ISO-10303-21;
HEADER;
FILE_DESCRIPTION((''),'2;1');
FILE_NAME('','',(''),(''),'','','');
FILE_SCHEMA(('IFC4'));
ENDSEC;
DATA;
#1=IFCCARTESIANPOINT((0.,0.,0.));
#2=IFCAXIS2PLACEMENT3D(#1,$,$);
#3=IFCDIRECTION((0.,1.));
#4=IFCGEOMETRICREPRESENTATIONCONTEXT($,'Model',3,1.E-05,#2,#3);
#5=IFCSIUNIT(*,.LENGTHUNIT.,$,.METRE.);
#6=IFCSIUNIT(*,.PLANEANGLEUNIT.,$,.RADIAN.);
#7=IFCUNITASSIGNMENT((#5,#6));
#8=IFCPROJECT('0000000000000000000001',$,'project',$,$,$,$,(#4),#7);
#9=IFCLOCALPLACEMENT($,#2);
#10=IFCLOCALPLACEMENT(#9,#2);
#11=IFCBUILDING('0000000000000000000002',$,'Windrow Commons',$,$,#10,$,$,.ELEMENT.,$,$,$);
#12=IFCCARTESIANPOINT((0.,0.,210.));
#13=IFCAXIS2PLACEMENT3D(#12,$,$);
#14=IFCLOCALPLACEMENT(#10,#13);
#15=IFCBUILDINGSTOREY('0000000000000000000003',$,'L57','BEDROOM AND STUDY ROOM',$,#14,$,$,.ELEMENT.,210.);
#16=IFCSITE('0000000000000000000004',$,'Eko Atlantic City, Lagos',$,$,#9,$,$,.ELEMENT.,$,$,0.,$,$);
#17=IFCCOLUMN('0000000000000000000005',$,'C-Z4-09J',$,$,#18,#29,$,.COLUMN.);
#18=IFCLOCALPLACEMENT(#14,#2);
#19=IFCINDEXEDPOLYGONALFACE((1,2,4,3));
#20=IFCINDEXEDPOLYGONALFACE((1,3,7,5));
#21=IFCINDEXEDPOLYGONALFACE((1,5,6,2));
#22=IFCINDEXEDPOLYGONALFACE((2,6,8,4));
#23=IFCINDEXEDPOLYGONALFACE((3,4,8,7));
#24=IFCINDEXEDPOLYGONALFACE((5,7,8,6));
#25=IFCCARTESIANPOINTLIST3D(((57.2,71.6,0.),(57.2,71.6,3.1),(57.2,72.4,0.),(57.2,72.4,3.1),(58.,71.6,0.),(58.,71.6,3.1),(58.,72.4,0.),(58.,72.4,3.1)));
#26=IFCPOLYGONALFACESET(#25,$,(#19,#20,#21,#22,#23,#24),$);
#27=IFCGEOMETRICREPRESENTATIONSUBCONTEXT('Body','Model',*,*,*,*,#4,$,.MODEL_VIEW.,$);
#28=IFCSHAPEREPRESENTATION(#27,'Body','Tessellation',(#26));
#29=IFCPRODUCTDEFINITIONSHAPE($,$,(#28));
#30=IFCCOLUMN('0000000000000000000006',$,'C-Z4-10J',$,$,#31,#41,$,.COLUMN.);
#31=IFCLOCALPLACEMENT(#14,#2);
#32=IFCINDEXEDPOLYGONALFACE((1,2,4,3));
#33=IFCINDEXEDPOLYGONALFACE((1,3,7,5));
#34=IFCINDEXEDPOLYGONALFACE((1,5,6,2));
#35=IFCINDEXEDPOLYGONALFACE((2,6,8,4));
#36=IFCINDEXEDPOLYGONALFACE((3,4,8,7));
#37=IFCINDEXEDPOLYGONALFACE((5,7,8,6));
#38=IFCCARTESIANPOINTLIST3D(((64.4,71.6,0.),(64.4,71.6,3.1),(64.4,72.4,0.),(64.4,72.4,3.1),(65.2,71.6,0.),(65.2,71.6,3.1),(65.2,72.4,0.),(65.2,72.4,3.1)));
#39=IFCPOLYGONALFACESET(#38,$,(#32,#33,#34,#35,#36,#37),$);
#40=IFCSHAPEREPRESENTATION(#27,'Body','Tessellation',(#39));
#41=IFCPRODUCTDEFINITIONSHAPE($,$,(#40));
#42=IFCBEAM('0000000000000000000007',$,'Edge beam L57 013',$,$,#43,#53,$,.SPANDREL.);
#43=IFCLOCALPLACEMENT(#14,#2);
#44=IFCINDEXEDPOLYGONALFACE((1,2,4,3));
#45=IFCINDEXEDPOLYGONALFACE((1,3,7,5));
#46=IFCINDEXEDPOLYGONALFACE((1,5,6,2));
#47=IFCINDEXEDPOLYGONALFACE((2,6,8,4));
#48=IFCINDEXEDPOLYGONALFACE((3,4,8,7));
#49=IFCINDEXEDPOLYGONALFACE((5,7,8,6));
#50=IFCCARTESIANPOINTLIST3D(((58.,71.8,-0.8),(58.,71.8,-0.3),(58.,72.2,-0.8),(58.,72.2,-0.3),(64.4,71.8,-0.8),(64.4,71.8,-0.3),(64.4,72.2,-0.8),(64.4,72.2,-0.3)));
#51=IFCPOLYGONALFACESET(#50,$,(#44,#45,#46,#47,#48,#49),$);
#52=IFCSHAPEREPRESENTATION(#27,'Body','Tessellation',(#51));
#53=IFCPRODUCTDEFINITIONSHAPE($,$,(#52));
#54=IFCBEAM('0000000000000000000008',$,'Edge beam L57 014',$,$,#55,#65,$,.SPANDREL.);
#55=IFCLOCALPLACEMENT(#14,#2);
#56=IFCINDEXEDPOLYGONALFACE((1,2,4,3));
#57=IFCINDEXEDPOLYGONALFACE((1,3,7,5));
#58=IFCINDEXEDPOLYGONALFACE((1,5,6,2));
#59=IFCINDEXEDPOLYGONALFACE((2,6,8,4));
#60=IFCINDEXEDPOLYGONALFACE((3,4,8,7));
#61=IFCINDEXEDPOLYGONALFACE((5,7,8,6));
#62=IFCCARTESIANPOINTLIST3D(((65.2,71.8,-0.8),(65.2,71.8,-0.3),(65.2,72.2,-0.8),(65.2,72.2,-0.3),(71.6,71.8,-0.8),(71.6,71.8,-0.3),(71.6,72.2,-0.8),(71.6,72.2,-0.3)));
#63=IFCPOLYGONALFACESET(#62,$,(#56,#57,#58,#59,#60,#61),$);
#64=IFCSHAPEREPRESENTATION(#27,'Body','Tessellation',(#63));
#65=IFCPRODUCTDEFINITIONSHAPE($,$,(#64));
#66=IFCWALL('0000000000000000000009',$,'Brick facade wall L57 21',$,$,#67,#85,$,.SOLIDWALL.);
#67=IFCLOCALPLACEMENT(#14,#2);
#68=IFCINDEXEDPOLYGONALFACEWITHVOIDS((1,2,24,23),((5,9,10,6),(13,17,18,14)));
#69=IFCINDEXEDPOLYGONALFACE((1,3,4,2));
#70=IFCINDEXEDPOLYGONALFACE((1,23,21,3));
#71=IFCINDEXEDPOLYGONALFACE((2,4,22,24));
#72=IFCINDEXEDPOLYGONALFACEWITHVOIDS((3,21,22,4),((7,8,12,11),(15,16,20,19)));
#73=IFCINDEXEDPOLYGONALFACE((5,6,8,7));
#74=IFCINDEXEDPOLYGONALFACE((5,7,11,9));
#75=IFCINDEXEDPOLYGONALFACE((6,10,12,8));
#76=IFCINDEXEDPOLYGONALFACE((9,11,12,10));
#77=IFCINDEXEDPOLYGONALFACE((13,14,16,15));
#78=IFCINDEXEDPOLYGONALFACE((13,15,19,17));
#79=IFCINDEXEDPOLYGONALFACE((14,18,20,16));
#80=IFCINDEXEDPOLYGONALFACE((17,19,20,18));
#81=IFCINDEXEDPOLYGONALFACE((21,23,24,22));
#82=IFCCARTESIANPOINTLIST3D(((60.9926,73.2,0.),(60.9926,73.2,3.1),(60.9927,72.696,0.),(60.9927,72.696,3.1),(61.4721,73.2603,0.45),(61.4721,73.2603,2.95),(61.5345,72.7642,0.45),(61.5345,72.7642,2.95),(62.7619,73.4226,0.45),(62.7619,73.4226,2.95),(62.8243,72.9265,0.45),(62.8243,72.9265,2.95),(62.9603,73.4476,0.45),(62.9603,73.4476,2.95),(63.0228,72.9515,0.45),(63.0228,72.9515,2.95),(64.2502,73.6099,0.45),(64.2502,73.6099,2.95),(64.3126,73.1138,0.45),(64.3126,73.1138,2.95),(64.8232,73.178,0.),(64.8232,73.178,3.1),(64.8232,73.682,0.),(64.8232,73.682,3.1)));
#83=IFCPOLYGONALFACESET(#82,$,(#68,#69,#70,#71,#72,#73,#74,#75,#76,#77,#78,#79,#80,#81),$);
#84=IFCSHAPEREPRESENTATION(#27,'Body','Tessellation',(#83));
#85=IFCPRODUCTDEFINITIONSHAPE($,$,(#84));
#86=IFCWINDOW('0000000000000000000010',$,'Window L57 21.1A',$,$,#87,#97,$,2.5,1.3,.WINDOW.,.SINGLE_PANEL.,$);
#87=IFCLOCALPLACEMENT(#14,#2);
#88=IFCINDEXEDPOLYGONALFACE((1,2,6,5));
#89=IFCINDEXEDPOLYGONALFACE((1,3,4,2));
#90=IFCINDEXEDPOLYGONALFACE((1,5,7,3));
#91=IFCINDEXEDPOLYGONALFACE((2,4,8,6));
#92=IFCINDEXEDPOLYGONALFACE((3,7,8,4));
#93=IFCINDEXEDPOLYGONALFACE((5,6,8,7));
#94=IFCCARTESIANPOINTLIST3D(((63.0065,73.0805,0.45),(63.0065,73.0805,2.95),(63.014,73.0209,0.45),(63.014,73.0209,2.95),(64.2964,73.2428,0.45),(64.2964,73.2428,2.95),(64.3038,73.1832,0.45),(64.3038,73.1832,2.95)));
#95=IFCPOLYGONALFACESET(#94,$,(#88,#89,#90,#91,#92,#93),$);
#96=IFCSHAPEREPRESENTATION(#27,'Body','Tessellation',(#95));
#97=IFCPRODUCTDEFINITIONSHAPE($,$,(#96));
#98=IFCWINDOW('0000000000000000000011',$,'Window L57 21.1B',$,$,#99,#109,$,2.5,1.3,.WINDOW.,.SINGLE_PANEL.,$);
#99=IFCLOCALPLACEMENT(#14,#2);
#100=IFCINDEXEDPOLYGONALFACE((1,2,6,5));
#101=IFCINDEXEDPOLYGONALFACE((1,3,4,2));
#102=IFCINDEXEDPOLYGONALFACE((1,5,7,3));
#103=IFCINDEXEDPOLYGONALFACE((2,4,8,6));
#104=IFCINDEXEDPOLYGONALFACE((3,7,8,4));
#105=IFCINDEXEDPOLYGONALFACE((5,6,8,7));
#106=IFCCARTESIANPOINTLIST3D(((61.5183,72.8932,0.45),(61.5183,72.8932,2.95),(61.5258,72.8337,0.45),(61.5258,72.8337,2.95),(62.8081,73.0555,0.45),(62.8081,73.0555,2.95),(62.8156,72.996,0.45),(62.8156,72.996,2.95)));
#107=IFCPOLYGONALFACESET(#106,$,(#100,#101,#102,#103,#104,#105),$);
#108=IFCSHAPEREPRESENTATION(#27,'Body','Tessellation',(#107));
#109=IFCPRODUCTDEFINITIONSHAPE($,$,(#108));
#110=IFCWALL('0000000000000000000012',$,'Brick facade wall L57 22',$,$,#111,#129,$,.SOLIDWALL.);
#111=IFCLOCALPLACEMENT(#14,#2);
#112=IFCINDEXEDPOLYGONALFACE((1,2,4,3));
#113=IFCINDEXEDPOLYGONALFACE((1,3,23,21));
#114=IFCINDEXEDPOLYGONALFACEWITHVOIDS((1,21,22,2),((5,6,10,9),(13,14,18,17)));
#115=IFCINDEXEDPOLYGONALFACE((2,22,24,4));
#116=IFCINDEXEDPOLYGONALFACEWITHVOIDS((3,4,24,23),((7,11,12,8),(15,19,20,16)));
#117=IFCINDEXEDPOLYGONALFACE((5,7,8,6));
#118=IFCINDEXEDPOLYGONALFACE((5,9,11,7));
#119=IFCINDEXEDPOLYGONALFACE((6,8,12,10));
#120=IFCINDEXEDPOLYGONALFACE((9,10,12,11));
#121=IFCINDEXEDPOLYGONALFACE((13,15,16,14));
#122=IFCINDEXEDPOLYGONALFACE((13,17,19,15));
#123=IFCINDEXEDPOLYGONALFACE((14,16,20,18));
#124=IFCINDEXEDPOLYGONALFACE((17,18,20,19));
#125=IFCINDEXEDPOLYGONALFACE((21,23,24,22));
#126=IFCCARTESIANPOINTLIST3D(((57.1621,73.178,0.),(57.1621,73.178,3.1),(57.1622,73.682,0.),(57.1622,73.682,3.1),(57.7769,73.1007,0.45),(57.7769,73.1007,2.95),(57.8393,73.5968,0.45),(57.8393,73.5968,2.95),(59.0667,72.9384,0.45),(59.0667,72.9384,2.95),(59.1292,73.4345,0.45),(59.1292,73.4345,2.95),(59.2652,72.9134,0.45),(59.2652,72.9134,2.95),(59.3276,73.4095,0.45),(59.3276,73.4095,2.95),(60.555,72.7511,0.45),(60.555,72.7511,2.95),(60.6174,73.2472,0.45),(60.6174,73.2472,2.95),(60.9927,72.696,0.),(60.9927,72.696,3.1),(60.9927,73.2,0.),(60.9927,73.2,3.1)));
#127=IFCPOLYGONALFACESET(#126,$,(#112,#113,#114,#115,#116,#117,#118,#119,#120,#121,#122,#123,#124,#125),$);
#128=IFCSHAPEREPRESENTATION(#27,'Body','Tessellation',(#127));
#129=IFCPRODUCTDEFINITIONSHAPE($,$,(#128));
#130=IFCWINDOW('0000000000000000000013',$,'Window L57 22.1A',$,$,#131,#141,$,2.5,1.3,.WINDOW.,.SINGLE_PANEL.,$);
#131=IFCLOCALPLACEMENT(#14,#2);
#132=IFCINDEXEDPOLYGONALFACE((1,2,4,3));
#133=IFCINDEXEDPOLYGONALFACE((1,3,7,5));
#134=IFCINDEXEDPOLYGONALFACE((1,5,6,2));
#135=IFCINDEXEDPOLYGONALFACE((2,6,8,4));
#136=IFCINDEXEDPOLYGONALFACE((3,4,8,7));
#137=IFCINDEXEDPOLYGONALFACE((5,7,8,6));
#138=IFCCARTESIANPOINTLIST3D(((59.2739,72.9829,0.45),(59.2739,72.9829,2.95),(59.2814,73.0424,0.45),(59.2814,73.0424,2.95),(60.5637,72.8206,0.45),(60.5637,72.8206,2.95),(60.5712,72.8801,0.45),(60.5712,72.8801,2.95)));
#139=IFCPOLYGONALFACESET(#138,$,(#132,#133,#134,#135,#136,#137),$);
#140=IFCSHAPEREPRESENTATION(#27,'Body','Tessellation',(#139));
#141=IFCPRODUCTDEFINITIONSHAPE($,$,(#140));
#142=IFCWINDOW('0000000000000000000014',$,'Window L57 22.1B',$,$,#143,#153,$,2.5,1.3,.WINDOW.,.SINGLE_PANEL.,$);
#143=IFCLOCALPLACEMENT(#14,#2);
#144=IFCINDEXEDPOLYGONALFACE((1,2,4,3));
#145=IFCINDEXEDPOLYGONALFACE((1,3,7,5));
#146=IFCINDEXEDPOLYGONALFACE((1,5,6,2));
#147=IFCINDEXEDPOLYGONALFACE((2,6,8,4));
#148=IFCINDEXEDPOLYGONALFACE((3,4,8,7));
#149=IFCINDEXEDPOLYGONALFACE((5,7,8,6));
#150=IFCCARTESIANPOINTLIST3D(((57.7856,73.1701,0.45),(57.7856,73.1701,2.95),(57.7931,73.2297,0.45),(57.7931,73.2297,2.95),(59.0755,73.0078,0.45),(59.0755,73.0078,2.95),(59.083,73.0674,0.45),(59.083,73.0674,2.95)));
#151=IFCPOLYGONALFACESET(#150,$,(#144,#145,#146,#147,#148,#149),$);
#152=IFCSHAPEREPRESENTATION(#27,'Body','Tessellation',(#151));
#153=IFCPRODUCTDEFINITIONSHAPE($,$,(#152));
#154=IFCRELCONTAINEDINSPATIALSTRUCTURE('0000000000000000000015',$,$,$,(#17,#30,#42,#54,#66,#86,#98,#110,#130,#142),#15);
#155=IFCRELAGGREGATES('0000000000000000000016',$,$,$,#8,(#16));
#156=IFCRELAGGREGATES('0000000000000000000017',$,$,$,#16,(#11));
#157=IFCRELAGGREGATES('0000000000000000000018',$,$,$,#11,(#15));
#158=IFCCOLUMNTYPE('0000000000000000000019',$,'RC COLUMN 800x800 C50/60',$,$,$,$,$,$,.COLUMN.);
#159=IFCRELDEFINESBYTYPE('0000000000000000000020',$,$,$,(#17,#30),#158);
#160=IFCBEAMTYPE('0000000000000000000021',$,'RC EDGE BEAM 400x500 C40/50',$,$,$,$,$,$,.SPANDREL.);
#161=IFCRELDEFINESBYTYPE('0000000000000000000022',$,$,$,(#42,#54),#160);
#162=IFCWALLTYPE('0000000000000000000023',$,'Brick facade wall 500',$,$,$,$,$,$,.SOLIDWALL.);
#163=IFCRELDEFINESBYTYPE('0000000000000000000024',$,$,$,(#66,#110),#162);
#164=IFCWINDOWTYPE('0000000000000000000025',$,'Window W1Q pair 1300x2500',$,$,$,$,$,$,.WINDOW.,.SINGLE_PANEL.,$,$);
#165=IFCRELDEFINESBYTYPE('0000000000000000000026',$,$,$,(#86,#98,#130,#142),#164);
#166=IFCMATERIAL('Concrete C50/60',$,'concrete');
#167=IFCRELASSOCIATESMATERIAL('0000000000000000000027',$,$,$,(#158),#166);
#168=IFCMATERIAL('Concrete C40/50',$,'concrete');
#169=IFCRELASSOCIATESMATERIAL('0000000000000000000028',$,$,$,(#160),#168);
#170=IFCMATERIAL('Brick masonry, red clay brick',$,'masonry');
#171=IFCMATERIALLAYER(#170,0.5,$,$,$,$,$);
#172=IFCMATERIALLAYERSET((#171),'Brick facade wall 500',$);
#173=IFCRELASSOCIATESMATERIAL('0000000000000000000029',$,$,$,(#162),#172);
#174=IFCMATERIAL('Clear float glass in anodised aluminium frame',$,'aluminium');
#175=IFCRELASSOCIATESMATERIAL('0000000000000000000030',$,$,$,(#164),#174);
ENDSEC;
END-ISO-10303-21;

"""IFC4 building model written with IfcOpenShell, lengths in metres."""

from ifc_helpers import new_model, si_unit, direction, frame, frame_2d, origin, origin_2d, place, context, subcontext, project, spatial, polyline, rectangle, outline, extrude, material, layer, layer_set, material_profile, profile_set, type_object, element, fill, save


model = new_model("IFC4")

# Units and contexts
model_context = context("Model", 3, precision=1e-05, world=origin(), true_north=direction((0.0, 1.0)))
body_context = subcontext(model_context, "Body", "Model", "MODEL_VIEW")
ifc_project = project(units=[si_unit("LENGTHUNIT", "METRE"), si_unit("PLANEANGLEUNIT", "RADIAN")], contexts=[model_context])

# Site, building, storey
site_placement = place(None, origin())
site = spatial("IfcSite", under=ifc_project, at=site_placement, Name="Eko Atlantic City, Lagos", CompositionType="ELEMENT", RefElevation=0.0)
building_placement = place(site_placement, origin())
building = spatial("IfcBuilding", under=site, at=building_placement, Name="Windrow Commons", CompositionType="ELEMENT")
storey_placement = place(building_placement, frame((0.0, 0.0, 210.0)))
storey = spatial("IfcBuildingStorey", under=building, at=storey_placement, Name="L57", Description="BEDROOM AND STUDY ROOM", CompositionType="ELEMENT", Elevation=210.0)

# Columns
ifc_material_1 = material(Name="Concrete C50/60", Category="concrete")
ifc_material_profile_1 = material_profile(ifc_material_1, rectangle(XDim=0.8, YDim=0.8, at=origin_2d()))
ifc_profile_set_1 = profile_set([ifc_material_profile_1], Name="Concrete C50/60")
column_type = type_object("IfcColumnType", Name="RC COLUMN 800x800 C50/60", PredefinedType="COLUMN", material=ifc_profile_set_1)
for number, where, z_axis, x_axis, name in (
    (1, (57.6, 72.0, 0.0), (0.0, 0.0, 1.0), (1.0, 0.0, 0.0), "C-Z4-09J"),
    (2, (64.8, 72.0, 0.0), (0.0, 0.0, 1.0), (1.0, 0.0, 0.0), "C-Z4-10J"),
):
    element("IfcColumn", number, at=place(storey_placement, frame(where, z_axis=z_axis, x_axis=x_axis)), inside=storey, type_object=column_type, Name=name, PredefinedType="COLUMN", context=body_context, shape_type="SweptSolid", body=[
        extrude(rectangle(XDim=0.8, YDim=0.8, at=origin_2d()), origin(), (0.0, 0.0, 1.0), 3.1),
    ])

# Beams
ifc_material_2 = material(Name="Concrete C40/50", Category="concrete")
ifc_material_profile_2 = material_profile(ifc_material_2, rectangle(XDim=0.4, YDim=0.5, at=origin_2d()))
ifc_profile_set_2 = profile_set([ifc_material_profile_2], Name="Concrete C40/50")
beam_type = type_object("IfcBeamType", Name="RC EDGE BEAM 400x500 C40/50", PredefinedType="SPANDREL", material=ifc_profile_set_2)
for number, where, z_axis, x_axis, name in (
    (3, (58.0, 72.0, -0.55), (1.0, 0.0, 0.0), (0.0, 1.0, 0.0), "Edge beam L57 013"),
    (4, (65.2, 72.0, -0.55), (1.0, 0.0, 0.0), (0.0, 1.0, 0.0), "Edge beam L57 014"),
):
    element("IfcBeam", number, at=place(storey_placement, frame(where, z_axis=z_axis, x_axis=x_axis)), inside=storey, type_object=beam_type, Name=name, PredefinedType="SPANDREL", context=body_context, shape_type="SweptSolid", body=[
        extrude(rectangle(XDim=0.4, YDim=0.5, at=origin_2d()), origin(), (0.0, 0.0, 1.0), 6.4),
    ])

# Walls, openings, windows
ifc_material_3 = material(Name="Brick masonry, red clay brick", Category="masonry")
ifc_layer_1 = layer(ifc_material_3, 0.5)
ifc_layer_set_1 = layer_set([ifc_layer_1], Name="Brick facade wall 500")
wall_type_1 = type_object("IfcWallType", Name="Brick facade wall 500", PredefinedType="SOLIDWALL", material=ifc_layer_set_1)
wall_1_placement = place(storey_placement, frame((64.8232, 73.43, 0.0), z_axis=(0.0, 0.0, 1.0), x_axis=(-0.992176, -0.124848, 0.0)))
wall_1 = element("IfcWall", 5, at=wall_1_placement, inside=storey, type_object=wall_type_1, Name="Brick facade wall L57 21", PredefinedType="SOLIDWALL", context=body_context, shape_type="SweptSolid", body=[
    extrude(outline(polyline([(-0.0315, -0.25), (3.8293, -0.25), (3.8922, 0.25), (0.0315, 0.25), (-0.0315, -0.25)])), origin(), (0.0, 0.0, 1.0), 3.1),
])
opening_1_placement = place(wall_1_placement, frame((0.5461, 0.0, 0.45)))
opening_1 = element("IfcOpeningElement", 6, at=opening_1_placement, cuts=wall_1, PredefinedType="OPENING", context=body_context, shape_type="SweptSolid", body=[
    extrude(rectangle(XDim=1.3, YDim=2.5, at=frame_2d((0.65, 1.25))), frame((0.0, 0.26, 0.0), z_axis=(0.0, -1.0, 0.0), x_axis=(1.0, 0.0, 0.0)), (0.0, 0.0, 1.0), 0.52),
])
opening_2_placement = place(wall_1_placement, frame((2.0461, 0.0, 0.45)))
opening_2 = element("IfcOpeningElement", 7, at=opening_2_placement, cuts=wall_1, PredefinedType="OPENING", context=body_context, shape_type="SweptSolid", body=[
    extrude(rectangle(XDim=1.3, YDim=2.5, at=frame_2d((0.65, 1.25))), frame((0.0, 0.26, 0.0), z_axis=(0.0, -1.0, 0.0), x_axis=(1.0, 0.0, 0.0)), (0.0, 0.0, 1.0), 0.52),
])
ifc_material_4 = material(Name="Clear float glass in anodised aluminium frame", Category="aluminium")
window_type_1 = type_object("IfcWindowType", Name="Window W1Q pair 1300x2500", PartitioningType="SINGLE_PANEL", PredefinedType="WINDOW", material=ifc_material_4)
window_1_placement = place(opening_1_placement, origin())
window_1 = element("IfcWindow", 8, at=window_1_placement, inside=storey, type_object=window_type_1, Name="Window L57 21.1A", OverallHeight=2.5, OverallWidth=1.3, PartitioningType="SINGLE_PANEL", PredefinedType="WINDOW", context=body_context, shape_type="SweptSolid", body=[
    extrude(rectangle(XDim=1.3, YDim=2.5, at=frame_2d((0.65, 1.25))), frame((0.0, 0.18, 0.0), z_axis=(0.0, -1.0, 0.0), x_axis=(1.0, 0.0, 0.0)), (0.0, 0.0, 1.0), 0.06),
])
fill(opening_1, window_1)
window_2_placement = place(opening_2_placement, origin())
window_2 = element("IfcWindow", 9, at=window_2_placement, inside=storey, type_object=window_type_1, Name="Window L57 21.1B", OverallHeight=2.5, OverallWidth=1.3, PartitioningType="SINGLE_PANEL", PredefinedType="WINDOW", context=body_context, shape_type="SweptSolid", body=[
    extrude(rectangle(XDim=1.3, YDim=2.5, at=frame_2d((0.65, 1.25))), frame((0.0, 0.18, 0.0), z_axis=(0.0, -1.0, 0.0), x_axis=(1.0, 0.0, 0.0)), (0.0, 0.0, 1.0), 0.06),
])
fill(opening_2, window_2)
wall_2_placement = place(storey_placement, frame((60.9927, 72.948, 0.0), z_axis=(0.0, 0.0, 1.0), x_axis=(-0.992176, 0.124848, 0.0)))
wall_2 = element("IfcWall", 10, at=wall_2_placement, inside=storey, type_object=wall_type_1, Name="Brick facade wall L57 22", PredefinedType="SOLIDWALL", context=body_context, shape_type="SweptSolid", body=[
    extrude(outline(polyline([(0.0315, -0.25), (3.8922, -0.25), (3.8293, 0.25), (-0.0315, 0.25), (0.0315, -0.25)])), origin(), (0.0, 0.0, 1.0), 3.1),
])
opening_3_placement = place(wall_2_placement, frame((0.4097, 0.0, 0.45)))
opening_3 = element("IfcOpeningElement", 11, at=opening_3_placement, cuts=wall_2, PredefinedType="OPENING", context=body_context, shape_type="SweptSolid", body=[
    extrude(rectangle(XDim=1.3, YDim=2.5, at=frame_2d((0.65, 1.25))), frame((0.0, 0.26, 0.0), z_axis=(0.0, -1.0, 0.0), x_axis=(1.0, 0.0, 0.0)), (0.0, 0.0, 1.0), 0.52),
])
opening_4_placement = place(wall_2_placement, frame((1.9097, 0.0, 0.45)))
opening_4 = element("IfcOpeningElement", 12, at=opening_4_placement, cuts=wall_2, PredefinedType="OPENING", context=body_context, shape_type="SweptSolid", body=[
    extrude(rectangle(XDim=1.3, YDim=2.5, at=frame_2d((0.65, 1.25))), frame((0.0, 0.26, 0.0), z_axis=(0.0, -1.0, 0.0), x_axis=(1.0, 0.0, 0.0)), (0.0, 0.0, 1.0), 0.52),
])
window_3_placement = place(opening_3_placement, origin())
window_3 = element("IfcWindow", 13, at=window_3_placement, inside=storey, type_object=window_type_1, Name="Window L57 22.1A", OverallHeight=2.5, OverallWidth=1.3, PartitioningType="SINGLE_PANEL", PredefinedType="WINDOW", context=body_context, shape_type="SweptSolid", body=[
    extrude(rectangle(XDim=1.3, YDim=2.5, at=frame_2d((0.65, 1.25))), frame((0.0, 0.18, 0.0), z_axis=(0.0, -1.0, 0.0), x_axis=(1.0, 0.0, 0.0)), (0.0, 0.0, 1.0), 0.06),
])
fill(opening_3, window_3)
window_4_placement = place(opening_4_placement, origin())
window_4 = element("IfcWindow", 14, at=window_4_placement, inside=storey, type_object=window_type_1, Name="Window L57 22.1B", OverallHeight=2.5, OverallWidth=1.3, PartitioningType="SINGLE_PANEL", PredefinedType="WINDOW", context=body_context, shape_type="SweptSolid", body=[
    extrude(rectangle(XDim=1.3, YDim=2.5, at=frame_2d((0.65, 1.25))), frame((0.0, 0.18, 0.0), z_axis=(0.0, -1.0, 0.0), x_axis=(1.0, 0.0, 0.0)), (0.0, 0.0, 1.0), 0.06),
])
fill(opening_4, window_4)

save(model, "model.ifc")
